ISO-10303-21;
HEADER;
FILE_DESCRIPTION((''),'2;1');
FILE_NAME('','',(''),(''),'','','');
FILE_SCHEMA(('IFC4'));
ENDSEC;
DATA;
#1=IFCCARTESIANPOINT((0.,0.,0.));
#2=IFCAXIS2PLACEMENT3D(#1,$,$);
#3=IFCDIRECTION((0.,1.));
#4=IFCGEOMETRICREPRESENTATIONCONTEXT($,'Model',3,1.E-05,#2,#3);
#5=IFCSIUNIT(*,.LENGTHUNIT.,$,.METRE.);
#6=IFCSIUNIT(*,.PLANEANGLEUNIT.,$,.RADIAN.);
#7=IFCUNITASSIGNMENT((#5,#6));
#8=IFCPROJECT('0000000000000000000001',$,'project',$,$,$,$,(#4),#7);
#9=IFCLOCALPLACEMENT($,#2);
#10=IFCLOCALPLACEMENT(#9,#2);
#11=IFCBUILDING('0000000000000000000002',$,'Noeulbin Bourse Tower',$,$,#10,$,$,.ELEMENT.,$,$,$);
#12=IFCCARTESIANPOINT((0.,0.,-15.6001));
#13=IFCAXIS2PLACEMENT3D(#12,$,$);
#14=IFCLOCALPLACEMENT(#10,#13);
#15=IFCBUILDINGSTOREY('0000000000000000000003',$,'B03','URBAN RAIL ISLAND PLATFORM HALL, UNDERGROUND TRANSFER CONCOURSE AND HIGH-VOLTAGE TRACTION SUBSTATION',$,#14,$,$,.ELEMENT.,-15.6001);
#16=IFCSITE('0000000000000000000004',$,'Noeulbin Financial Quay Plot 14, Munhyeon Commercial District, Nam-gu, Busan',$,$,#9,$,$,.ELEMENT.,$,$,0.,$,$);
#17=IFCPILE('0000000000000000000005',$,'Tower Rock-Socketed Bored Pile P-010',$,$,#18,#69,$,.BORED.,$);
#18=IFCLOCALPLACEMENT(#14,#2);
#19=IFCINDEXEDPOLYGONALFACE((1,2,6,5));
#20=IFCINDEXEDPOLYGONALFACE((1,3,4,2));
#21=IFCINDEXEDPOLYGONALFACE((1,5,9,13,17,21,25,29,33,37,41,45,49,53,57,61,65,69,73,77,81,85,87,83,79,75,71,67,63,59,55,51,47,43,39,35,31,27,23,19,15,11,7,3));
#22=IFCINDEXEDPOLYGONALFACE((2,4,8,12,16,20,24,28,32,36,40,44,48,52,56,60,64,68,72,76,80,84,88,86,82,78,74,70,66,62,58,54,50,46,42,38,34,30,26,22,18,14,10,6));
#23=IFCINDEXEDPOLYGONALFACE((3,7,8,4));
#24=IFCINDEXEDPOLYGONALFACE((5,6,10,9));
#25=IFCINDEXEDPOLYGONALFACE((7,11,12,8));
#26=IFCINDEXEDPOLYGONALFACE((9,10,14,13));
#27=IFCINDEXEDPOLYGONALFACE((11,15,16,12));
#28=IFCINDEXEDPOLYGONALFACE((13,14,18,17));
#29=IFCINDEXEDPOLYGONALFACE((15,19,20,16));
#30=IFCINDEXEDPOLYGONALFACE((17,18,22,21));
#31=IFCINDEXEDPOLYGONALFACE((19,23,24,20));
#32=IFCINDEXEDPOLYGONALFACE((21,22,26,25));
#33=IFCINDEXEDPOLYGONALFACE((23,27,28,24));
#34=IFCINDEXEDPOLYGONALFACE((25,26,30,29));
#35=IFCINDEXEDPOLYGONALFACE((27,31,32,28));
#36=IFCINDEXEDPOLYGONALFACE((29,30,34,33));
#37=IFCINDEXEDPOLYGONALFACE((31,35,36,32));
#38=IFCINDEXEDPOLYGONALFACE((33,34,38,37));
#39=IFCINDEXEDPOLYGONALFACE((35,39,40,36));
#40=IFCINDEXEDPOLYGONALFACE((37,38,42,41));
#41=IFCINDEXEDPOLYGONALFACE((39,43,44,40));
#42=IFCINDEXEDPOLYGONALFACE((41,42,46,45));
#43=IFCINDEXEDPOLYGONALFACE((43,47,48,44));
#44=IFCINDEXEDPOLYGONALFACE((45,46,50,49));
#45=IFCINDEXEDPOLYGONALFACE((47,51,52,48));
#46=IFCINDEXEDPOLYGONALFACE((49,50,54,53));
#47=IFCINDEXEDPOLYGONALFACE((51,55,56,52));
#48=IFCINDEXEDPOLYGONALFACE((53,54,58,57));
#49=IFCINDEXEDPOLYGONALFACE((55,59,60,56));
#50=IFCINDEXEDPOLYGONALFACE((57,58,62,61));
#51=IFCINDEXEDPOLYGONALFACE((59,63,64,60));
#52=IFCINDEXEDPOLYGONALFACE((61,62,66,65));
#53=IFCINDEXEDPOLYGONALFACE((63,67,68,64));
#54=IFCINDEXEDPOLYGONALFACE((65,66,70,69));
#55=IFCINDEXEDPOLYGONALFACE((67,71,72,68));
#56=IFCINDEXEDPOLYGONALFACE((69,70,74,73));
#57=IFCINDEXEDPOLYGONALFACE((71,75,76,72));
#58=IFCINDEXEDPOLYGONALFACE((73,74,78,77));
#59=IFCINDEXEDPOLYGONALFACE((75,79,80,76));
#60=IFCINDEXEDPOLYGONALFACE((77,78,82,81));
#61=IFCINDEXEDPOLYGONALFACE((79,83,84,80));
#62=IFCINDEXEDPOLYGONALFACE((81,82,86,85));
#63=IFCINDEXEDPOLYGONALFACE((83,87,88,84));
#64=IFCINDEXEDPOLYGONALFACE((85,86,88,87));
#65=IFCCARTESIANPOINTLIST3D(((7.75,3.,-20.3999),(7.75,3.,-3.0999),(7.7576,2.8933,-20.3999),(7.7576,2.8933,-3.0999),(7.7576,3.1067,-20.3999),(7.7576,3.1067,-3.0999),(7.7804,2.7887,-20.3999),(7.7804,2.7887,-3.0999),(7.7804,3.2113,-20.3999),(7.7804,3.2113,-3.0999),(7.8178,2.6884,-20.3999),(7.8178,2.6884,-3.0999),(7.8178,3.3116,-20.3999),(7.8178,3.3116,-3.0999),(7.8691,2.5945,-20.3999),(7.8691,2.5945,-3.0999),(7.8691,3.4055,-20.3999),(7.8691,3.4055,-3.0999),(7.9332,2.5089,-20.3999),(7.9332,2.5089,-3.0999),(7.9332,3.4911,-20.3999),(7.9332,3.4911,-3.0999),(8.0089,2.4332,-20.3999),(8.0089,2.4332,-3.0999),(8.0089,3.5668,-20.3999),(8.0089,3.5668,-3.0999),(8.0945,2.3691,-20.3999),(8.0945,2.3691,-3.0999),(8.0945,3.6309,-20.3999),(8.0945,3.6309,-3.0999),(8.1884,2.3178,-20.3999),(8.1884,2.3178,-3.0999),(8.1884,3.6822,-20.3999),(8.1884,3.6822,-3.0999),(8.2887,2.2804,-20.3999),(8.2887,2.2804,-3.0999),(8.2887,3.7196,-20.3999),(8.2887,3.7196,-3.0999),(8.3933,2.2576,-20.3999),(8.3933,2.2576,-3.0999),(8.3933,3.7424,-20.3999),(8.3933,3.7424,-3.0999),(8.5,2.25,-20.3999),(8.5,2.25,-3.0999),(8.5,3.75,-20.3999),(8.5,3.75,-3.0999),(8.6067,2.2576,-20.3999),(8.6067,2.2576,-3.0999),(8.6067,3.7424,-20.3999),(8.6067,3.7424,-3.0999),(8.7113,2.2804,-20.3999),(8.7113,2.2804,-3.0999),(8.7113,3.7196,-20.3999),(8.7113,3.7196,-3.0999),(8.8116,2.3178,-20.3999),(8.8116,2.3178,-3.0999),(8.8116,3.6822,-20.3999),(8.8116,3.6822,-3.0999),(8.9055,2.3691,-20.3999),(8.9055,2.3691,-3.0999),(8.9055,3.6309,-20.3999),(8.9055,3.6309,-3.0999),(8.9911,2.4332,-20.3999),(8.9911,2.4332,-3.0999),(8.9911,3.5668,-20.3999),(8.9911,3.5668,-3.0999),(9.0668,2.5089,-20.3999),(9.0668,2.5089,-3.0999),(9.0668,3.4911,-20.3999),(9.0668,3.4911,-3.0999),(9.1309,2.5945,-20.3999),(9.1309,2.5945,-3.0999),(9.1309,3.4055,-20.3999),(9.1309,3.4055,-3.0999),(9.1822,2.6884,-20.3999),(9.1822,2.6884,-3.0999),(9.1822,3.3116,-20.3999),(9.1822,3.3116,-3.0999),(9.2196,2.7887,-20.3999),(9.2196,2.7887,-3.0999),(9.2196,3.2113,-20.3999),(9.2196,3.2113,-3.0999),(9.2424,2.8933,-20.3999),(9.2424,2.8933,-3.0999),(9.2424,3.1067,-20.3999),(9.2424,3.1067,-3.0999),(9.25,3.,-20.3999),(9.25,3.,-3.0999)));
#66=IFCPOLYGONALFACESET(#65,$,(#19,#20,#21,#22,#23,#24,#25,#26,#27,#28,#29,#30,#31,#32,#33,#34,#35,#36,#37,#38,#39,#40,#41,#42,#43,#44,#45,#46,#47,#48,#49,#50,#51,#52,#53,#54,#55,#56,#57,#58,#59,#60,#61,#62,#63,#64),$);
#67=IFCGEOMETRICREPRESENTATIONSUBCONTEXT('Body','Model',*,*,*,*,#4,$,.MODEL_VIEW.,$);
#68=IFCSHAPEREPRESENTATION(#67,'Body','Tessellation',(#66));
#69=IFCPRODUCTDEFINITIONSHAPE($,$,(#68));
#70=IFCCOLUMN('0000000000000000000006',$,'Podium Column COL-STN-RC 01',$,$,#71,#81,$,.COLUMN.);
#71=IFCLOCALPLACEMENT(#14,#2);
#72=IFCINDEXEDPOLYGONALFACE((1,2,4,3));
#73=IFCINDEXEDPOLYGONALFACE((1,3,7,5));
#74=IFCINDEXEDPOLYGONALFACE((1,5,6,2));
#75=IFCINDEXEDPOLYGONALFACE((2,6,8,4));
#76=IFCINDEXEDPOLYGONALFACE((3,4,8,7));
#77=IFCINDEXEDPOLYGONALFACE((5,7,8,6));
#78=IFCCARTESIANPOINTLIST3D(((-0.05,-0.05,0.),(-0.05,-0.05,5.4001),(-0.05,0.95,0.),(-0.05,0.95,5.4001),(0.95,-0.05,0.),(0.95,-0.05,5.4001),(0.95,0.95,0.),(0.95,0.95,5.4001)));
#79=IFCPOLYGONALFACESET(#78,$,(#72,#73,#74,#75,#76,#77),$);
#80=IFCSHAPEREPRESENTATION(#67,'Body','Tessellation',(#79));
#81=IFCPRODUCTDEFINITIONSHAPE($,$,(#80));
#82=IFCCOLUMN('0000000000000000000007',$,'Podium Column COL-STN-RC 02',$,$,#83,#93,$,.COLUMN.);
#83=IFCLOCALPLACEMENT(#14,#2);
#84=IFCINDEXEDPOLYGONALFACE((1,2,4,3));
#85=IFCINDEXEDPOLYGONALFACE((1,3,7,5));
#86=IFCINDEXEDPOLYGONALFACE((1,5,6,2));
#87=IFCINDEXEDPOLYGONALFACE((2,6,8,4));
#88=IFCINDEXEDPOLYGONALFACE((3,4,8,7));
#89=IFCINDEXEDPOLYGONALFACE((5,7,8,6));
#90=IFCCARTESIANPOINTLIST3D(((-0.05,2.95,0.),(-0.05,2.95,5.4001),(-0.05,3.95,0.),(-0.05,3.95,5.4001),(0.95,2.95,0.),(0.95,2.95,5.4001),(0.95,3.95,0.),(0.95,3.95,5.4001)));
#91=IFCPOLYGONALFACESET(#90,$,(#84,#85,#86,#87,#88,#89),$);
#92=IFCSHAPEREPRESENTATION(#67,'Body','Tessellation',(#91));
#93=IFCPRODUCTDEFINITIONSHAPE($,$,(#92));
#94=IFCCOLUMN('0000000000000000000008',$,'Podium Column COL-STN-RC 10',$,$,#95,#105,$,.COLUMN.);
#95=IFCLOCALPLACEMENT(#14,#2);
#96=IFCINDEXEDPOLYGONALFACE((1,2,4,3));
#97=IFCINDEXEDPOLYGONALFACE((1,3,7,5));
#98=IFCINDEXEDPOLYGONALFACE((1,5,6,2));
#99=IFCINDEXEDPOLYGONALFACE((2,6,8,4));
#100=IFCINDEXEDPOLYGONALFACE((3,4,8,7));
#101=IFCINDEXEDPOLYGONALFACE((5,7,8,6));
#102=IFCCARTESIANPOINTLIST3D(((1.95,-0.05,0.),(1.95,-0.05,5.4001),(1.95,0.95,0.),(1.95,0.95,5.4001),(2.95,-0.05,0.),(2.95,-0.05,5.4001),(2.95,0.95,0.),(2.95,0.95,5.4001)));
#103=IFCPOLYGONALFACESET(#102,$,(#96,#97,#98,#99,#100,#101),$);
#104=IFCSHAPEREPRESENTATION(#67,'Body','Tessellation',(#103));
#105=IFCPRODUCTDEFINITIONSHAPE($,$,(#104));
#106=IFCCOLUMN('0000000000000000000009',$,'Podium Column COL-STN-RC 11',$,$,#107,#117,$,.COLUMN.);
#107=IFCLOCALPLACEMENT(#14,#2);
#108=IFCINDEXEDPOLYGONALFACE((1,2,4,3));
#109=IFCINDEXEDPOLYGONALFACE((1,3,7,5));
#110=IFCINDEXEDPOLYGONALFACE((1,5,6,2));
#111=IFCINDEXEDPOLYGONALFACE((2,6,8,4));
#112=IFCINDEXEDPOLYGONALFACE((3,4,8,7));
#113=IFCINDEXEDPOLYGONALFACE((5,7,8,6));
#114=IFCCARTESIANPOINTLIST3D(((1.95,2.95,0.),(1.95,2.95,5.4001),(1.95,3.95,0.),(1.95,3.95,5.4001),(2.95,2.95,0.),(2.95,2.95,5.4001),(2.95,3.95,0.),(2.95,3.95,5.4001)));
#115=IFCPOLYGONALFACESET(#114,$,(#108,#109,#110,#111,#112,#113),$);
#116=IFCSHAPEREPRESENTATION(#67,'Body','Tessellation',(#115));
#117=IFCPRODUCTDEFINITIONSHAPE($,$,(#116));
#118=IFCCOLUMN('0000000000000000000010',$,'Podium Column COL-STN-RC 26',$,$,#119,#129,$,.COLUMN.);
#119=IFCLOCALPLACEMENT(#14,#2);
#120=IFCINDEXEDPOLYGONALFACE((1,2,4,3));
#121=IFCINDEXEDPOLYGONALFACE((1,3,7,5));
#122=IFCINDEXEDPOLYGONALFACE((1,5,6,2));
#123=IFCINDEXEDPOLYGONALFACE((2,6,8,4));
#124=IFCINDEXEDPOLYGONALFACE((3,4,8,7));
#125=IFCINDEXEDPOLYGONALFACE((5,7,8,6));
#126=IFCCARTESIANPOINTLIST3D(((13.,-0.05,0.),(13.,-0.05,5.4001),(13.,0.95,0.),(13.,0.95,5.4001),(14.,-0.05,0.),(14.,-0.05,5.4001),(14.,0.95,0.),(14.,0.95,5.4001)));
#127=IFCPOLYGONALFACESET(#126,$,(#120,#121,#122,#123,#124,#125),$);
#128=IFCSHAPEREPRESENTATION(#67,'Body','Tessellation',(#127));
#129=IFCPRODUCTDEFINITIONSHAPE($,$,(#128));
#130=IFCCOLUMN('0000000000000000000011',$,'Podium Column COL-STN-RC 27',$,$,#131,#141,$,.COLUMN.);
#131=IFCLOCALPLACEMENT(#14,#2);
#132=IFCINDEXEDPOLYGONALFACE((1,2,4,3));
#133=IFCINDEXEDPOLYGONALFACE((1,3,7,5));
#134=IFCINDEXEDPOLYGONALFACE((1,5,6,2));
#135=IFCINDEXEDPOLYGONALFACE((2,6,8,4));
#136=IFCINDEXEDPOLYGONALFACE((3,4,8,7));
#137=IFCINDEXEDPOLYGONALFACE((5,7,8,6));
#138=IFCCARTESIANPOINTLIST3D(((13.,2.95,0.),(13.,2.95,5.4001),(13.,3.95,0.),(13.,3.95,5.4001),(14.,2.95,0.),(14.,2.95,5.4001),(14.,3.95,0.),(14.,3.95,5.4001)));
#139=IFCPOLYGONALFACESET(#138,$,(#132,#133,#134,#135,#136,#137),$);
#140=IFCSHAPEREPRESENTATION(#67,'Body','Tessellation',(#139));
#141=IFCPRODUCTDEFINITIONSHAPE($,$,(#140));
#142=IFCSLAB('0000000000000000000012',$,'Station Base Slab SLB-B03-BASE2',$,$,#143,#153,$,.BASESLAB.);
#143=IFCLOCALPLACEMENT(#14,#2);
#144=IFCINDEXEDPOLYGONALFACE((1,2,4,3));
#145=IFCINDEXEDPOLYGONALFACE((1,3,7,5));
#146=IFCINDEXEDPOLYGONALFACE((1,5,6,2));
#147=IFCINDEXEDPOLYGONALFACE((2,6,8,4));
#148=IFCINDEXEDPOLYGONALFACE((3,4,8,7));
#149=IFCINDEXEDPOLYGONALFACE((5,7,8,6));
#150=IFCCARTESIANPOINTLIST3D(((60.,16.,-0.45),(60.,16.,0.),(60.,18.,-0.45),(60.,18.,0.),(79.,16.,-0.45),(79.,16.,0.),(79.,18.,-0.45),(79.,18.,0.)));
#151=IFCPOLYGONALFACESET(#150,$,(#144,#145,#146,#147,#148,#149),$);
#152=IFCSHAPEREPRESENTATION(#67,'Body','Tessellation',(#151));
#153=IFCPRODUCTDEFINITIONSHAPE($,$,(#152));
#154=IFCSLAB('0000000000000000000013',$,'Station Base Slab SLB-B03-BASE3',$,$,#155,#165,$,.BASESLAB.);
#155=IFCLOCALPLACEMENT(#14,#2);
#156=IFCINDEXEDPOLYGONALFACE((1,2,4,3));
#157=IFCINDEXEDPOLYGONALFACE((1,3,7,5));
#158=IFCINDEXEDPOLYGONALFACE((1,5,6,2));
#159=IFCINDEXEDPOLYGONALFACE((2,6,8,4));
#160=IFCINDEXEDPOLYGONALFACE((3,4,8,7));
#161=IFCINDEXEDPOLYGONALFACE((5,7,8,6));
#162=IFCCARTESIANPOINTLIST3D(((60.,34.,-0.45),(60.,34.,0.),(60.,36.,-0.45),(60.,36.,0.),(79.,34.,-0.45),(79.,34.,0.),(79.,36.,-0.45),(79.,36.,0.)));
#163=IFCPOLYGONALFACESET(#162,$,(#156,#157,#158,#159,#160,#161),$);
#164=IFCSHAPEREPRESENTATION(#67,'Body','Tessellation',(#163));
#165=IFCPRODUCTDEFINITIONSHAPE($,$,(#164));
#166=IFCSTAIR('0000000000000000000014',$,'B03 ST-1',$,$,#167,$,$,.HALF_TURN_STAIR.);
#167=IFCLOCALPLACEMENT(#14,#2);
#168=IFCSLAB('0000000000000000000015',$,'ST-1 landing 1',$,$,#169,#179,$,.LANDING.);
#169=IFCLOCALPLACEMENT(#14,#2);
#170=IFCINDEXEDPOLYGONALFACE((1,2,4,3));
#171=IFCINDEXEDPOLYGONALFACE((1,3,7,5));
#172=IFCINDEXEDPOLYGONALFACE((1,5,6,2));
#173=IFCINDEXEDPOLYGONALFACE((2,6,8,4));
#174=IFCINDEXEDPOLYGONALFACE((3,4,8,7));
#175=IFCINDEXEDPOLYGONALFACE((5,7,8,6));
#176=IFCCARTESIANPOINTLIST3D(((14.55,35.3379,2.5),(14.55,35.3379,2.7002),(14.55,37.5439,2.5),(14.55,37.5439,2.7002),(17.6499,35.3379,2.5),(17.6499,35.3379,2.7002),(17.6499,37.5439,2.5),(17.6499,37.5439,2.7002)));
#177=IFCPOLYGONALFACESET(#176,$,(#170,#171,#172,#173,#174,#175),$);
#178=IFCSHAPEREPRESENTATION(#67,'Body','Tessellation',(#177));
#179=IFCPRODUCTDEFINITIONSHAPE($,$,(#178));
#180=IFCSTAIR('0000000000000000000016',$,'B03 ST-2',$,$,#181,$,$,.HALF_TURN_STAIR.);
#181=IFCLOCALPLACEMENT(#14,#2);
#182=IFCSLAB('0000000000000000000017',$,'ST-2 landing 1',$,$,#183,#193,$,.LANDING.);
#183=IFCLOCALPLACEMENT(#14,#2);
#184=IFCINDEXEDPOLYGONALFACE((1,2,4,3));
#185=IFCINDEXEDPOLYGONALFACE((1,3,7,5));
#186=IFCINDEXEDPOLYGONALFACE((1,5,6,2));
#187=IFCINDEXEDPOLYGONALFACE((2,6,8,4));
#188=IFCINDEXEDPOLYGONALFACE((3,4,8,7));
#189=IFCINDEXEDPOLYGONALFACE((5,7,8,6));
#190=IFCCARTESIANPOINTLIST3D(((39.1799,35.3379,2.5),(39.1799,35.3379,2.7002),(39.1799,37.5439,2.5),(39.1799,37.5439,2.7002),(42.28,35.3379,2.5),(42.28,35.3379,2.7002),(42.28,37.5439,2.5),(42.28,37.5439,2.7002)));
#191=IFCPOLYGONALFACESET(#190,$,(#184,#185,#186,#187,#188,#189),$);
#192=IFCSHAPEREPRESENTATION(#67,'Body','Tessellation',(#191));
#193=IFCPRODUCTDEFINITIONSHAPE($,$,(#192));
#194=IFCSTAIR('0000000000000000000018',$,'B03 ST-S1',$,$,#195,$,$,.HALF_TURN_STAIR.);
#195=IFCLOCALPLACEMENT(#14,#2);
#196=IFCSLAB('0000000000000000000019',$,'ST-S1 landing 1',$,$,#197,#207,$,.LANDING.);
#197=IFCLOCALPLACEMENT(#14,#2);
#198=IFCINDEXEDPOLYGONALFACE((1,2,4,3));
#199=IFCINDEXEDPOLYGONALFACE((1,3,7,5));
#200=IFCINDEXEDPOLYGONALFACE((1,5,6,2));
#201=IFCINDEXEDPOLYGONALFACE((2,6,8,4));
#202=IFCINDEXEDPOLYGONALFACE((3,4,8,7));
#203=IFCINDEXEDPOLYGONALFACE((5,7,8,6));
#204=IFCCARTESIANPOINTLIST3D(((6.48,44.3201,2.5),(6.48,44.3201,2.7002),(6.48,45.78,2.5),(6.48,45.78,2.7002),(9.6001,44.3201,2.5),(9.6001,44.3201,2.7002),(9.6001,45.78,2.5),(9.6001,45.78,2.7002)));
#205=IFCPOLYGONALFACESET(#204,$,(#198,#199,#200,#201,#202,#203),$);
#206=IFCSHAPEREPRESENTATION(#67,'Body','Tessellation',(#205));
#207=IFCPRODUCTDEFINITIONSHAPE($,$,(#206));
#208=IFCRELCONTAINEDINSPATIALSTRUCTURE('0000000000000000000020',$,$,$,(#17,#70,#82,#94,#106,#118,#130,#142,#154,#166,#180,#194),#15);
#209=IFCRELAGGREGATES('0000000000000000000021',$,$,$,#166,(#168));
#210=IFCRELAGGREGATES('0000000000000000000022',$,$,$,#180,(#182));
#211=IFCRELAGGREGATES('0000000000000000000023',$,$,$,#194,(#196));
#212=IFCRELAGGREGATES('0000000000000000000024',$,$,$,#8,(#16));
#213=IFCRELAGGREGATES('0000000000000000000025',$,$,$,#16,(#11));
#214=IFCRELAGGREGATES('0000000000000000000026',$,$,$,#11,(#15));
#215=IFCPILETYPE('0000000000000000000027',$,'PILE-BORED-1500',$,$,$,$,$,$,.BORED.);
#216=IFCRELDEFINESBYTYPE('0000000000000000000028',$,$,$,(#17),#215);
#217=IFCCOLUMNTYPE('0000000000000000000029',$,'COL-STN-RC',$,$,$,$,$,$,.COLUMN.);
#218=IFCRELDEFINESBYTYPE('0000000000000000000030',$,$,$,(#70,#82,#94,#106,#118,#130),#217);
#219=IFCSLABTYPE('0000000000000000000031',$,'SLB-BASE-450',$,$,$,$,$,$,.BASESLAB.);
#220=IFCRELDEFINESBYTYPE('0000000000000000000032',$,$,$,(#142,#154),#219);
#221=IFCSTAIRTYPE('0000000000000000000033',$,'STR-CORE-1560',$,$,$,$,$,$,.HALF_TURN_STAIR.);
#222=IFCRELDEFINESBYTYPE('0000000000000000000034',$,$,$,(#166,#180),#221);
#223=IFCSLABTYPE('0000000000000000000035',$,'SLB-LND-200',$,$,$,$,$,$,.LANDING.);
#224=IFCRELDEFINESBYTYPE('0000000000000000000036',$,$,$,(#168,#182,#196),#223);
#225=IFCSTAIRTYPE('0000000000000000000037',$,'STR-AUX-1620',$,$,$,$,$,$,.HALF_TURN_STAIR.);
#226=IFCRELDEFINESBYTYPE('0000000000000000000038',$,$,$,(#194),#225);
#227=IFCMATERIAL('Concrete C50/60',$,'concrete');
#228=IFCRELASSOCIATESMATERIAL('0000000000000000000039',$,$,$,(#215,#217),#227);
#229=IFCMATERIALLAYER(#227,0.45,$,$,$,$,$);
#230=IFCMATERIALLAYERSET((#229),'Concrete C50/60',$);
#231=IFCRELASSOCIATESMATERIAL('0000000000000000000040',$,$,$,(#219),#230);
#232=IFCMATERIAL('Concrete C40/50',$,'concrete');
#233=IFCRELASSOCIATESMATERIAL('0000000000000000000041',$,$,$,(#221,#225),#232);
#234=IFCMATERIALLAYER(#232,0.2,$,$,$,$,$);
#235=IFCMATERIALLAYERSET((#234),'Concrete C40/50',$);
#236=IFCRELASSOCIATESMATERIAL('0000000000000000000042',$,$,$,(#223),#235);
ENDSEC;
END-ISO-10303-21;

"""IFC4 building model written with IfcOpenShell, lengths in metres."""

from ifc_helpers import new_model, si_unit, direction, frame, origin, origin_2d, place, context, subcontext, project, spatial, polyline, rectangle, circle, outline, extrude, material, layer, layer_set, material_profile, profile_set, type_object, element, aggregate, save


model = new_model("IFC4")

# Units and contexts
model_context = context("Model", 3, precision=1e-05, world=origin(), true_north=direction((0.0, 1.0)))
body_context = subcontext(model_context, "Body", "Model", "MODEL_VIEW")
ifc_project = project(units=[si_unit("LENGTHUNIT", "METRE"), si_unit("PLANEANGLEUNIT", "RADIAN")], contexts=[model_context])

# Site, building, storey
site_placement = place(None, origin())
site = spatial("IfcSite", under=ifc_project, at=site_placement, Name="Noeulbin Financial Quay Plot 14, Munhyeon Commercial District, Nam-gu, Busan", CompositionType="ELEMENT", RefElevation=0.0)
building_placement = place(site_placement, origin())
building = spatial("IfcBuilding", under=site, at=building_placement, Name="Noeulbin Bourse Tower", CompositionType="ELEMENT")
storey_placement = place(building_placement, frame((0.0, 0.0, -15.6001)))
storey = spatial("IfcBuildingStorey", under=building, at=storey_placement, Name="B03", Description="URBAN RAIL ISLAND PLATFORM HALL, UNDERGROUND TRANSFER CONCOURSE AND HIGH-VOLTAGE TRACTION SUBSTATION", CompositionType="ELEMENT", Elevation=-15.6001)

# Shared definitions
ifc_material_1 = material(Name="Concrete C50/60", Category="concrete")

# Pile
ifc_material_profile_1 = material_profile(ifc_material_1, circle(Radius=0.75, at=origin_2d()), Name="PILE-D1500", Category="LoadBearing")
ifc_profile_set_1 = profile_set([ifc_material_profile_1], Name="Concrete C50/60")
pile_type = type_object("IfcPileType", Name="PILE-BORED-1500", PredefinedType="BORED", material=ifc_profile_set_1)
for number, where, z_axis, x_axis, name in (
    (1, (8.5, 3.0, -3.0999), (0.0, 0.0, -1.0), (1.0, 0.0, 0.0), "Tower Rock-Socketed Bored Pile P-010"),
):
    element("IfcPile", number, at=place(storey_placement, frame(where, z_axis=z_axis, x_axis=x_axis)), inside=storey, type_object=pile_type, Name=name, PredefinedType="BORED", context=body_context, shape_type="SweptSolid", body=[
        extrude(circle(Radius=0.75, at=origin_2d()), origin(), (0.0, 0.0, 1.0), 17.3),
    ])

# Columns
ifc_material_profile_2 = material_profile(ifc_material_1, rectangle(XDim=1.0, YDim=1.0, at=origin_2d()), Name="RC-COL-1000x1000", Category="LoadBearing")
ifc_profile_set_2 = profile_set([ifc_material_profile_2], Name="Concrete C50/60")
column_type = type_object("IfcColumnType", Name="COL-STN-RC", PredefinedType="COLUMN", material=ifc_profile_set_2)
for number, where, z_axis, x_axis, name in (
    (2, (0.45, 0.45, 0.0), (0.0, 0.0, 1.0), (1.0, 0.0, 0.0), "Podium Column COL-STN-RC 01"),
    (3, (0.45, 3.45, 0.0), (0.0, 0.0, 1.0), (1.0, 0.0, 0.0), "Podium Column COL-STN-RC 02"),
    (4, (2.45, 0.45, 0.0), (0.0, 0.0, 1.0), (1.0, 0.0, 0.0), "Podium Column COL-STN-RC 10"),
    (5, (2.45, 3.45, 0.0), (0.0, 0.0, 1.0), (1.0, 0.0, 0.0), "Podium Column COL-STN-RC 11"),
    (6, (13.5, 0.45, 0.0), (0.0, 0.0, 1.0), (1.0, 0.0, 0.0), "Podium Column COL-STN-RC 26"),
    (7, (13.5, 3.45, 0.0), (0.0, 0.0, 1.0), (1.0, 0.0, 0.0), "Podium Column COL-STN-RC 27"),
):
    element("IfcColumn", number, at=place(storey_placement, frame(where, z_axis=z_axis, x_axis=x_axis)), inside=storey, type_object=column_type, Name=name, PredefinedType="COLUMN", context=body_context, shape_type="SweptSolid", body=[
        extrude(rectangle(XDim=1.0, YDim=1.0, at=origin_2d()), origin(), (0.0, 0.0, 1.0), 5.4001),
    ])

# Slabs
ifc_layer_1 = layer(ifc_material_1, 0.45)
ifc_layer_set_1 = layer_set([ifc_layer_1], Name="Concrete C50/60")
slab_type_1 = type_object("IfcSlabType", Name="SLB-BASE-450", PredefinedType="BASESLAB", material=ifc_layer_set_1)
slab_1_placement = place(storey_placement, frame((0.0, 0.0, -0.45)))
element("IfcSlab", 8, at=slab_1_placement, inside=storey, type_object=slab_type_1, Name="Station Base Slab SLB-B03-BASE2", PredefinedType="BASESLAB", context=body_context, shape_type="SweptSolid", body=[
    extrude(outline(polyline([(60.0, 16.0), (79.0, 16.0), (79.0, 18.0), (60.0, 18.0), (60.0, 16.0)])), origin(), (0.0, 0.0, 1.0), 0.45),
])
slab_2_placement = place(storey_placement, frame((0.0, 0.0, -0.45)))
element("IfcSlab", 9, at=slab_2_placement, inside=storey, type_object=slab_type_1, Name="Station Base Slab SLB-B03-BASE3", PredefinedType="BASESLAB", context=body_context, shape_type="SweptSolid", body=[
    extrude(outline(polyline([(60.0, 34.0), (79.0, 34.0), (79.0, 36.0), (60.0, 36.0), (60.0, 34.0)])), origin(), (0.0, 0.0, 1.0), 0.45),
])

# Stairs, slabs
ifc_material_2 = material(Name="Concrete C40/50", Category="concrete")
stair_type_1 = type_object("IfcStairType", Name="STR-CORE-1560", PredefinedType="HALF_TURN_STAIR", material=ifc_material_2)
stair_1_placement = place(storey_placement, origin())
stair_1 = element("IfcStair", 10, at=stair_1_placement, inside=storey, type_object=stair_type_1, Name="B03 ST-1", PredefinedType="HALF_TURN_STAIR")
ifc_layer_2 = layer(ifc_material_2, 0.2)
ifc_layer_set_2 = layer_set([ifc_layer_2], Name="Concrete C40/50")
slab_type_2 = type_object("IfcSlabType", Name="SLB-LND-200", PredefinedType="LANDING", material=ifc_layer_set_2)
slab_3_placement = place(storey_placement, frame((0.0, 0.0, 2.5)))
slab_3 = element("IfcSlab", 11, at=slab_3_placement, type_object=slab_type_2, Name="ST-1 landing 1", PredefinedType="LANDING", context=body_context, shape_type="SweptSolid", body=[
    extrude(outline(polyline([(17.6499, 35.3379), (17.6499, 37.5439), (14.55, 37.5439), (14.55, 35.3379), (17.6499, 35.3379)])), origin(), (0.0, 0.0, 1.0), 0.2002),
])
aggregate(stair_1, [slab_3])
stair_2_placement = place(storey_placement, origin())
stair_2 = element("IfcStair", 12, at=stair_2_placement, inside=storey, type_object=stair_type_1, Name="B03 ST-2", PredefinedType="HALF_TURN_STAIR")
slab_4_placement = place(storey_placement, frame((0.0, 0.0, 2.5)))
slab_4 = element("IfcSlab", 13, at=slab_4_placement, type_object=slab_type_2, Name="ST-2 landing 1", PredefinedType="LANDING", context=body_context, shape_type="SweptSolid", body=[
    extrude(outline(polyline([(42.28, 35.3379), (42.28, 37.5439), (39.1799, 37.5439), (39.1799, 35.3379), (42.28, 35.3379)])), origin(), (0.0, 0.0, 1.0), 0.2002),
])
aggregate(stair_2, [slab_4])
stair_type_2 = type_object("IfcStairType", Name="STR-AUX-1620", PredefinedType="HALF_TURN_STAIR", material=ifc_material_2)
stair_3_placement = place(storey_placement, origin())
stair_3 = element("IfcStair", 14, at=stair_3_placement, inside=storey, type_object=stair_type_2, Name="B03 ST-S1", PredefinedType="HALF_TURN_STAIR")
slab_5_placement = place(storey_placement, frame((0.0, 0.0, 2.5)))
slab_5 = element("IfcSlab", 15, at=slab_5_placement, type_object=slab_type_2, Name="ST-S1 landing 1", PredefinedType="LANDING", context=body_context, shape_type="SweptSolid", body=[
    extrude(outline(polyline([(9.6001, 44.3201), (9.6001, 45.78), (6.48, 45.78), (6.48, 44.3201), (9.6001, 44.3201)])), origin(), (0.0, 0.0, 1.0), 0.2002),
])
aggregate(stair_3, [slab_5])

save(model, "model.ifc")
